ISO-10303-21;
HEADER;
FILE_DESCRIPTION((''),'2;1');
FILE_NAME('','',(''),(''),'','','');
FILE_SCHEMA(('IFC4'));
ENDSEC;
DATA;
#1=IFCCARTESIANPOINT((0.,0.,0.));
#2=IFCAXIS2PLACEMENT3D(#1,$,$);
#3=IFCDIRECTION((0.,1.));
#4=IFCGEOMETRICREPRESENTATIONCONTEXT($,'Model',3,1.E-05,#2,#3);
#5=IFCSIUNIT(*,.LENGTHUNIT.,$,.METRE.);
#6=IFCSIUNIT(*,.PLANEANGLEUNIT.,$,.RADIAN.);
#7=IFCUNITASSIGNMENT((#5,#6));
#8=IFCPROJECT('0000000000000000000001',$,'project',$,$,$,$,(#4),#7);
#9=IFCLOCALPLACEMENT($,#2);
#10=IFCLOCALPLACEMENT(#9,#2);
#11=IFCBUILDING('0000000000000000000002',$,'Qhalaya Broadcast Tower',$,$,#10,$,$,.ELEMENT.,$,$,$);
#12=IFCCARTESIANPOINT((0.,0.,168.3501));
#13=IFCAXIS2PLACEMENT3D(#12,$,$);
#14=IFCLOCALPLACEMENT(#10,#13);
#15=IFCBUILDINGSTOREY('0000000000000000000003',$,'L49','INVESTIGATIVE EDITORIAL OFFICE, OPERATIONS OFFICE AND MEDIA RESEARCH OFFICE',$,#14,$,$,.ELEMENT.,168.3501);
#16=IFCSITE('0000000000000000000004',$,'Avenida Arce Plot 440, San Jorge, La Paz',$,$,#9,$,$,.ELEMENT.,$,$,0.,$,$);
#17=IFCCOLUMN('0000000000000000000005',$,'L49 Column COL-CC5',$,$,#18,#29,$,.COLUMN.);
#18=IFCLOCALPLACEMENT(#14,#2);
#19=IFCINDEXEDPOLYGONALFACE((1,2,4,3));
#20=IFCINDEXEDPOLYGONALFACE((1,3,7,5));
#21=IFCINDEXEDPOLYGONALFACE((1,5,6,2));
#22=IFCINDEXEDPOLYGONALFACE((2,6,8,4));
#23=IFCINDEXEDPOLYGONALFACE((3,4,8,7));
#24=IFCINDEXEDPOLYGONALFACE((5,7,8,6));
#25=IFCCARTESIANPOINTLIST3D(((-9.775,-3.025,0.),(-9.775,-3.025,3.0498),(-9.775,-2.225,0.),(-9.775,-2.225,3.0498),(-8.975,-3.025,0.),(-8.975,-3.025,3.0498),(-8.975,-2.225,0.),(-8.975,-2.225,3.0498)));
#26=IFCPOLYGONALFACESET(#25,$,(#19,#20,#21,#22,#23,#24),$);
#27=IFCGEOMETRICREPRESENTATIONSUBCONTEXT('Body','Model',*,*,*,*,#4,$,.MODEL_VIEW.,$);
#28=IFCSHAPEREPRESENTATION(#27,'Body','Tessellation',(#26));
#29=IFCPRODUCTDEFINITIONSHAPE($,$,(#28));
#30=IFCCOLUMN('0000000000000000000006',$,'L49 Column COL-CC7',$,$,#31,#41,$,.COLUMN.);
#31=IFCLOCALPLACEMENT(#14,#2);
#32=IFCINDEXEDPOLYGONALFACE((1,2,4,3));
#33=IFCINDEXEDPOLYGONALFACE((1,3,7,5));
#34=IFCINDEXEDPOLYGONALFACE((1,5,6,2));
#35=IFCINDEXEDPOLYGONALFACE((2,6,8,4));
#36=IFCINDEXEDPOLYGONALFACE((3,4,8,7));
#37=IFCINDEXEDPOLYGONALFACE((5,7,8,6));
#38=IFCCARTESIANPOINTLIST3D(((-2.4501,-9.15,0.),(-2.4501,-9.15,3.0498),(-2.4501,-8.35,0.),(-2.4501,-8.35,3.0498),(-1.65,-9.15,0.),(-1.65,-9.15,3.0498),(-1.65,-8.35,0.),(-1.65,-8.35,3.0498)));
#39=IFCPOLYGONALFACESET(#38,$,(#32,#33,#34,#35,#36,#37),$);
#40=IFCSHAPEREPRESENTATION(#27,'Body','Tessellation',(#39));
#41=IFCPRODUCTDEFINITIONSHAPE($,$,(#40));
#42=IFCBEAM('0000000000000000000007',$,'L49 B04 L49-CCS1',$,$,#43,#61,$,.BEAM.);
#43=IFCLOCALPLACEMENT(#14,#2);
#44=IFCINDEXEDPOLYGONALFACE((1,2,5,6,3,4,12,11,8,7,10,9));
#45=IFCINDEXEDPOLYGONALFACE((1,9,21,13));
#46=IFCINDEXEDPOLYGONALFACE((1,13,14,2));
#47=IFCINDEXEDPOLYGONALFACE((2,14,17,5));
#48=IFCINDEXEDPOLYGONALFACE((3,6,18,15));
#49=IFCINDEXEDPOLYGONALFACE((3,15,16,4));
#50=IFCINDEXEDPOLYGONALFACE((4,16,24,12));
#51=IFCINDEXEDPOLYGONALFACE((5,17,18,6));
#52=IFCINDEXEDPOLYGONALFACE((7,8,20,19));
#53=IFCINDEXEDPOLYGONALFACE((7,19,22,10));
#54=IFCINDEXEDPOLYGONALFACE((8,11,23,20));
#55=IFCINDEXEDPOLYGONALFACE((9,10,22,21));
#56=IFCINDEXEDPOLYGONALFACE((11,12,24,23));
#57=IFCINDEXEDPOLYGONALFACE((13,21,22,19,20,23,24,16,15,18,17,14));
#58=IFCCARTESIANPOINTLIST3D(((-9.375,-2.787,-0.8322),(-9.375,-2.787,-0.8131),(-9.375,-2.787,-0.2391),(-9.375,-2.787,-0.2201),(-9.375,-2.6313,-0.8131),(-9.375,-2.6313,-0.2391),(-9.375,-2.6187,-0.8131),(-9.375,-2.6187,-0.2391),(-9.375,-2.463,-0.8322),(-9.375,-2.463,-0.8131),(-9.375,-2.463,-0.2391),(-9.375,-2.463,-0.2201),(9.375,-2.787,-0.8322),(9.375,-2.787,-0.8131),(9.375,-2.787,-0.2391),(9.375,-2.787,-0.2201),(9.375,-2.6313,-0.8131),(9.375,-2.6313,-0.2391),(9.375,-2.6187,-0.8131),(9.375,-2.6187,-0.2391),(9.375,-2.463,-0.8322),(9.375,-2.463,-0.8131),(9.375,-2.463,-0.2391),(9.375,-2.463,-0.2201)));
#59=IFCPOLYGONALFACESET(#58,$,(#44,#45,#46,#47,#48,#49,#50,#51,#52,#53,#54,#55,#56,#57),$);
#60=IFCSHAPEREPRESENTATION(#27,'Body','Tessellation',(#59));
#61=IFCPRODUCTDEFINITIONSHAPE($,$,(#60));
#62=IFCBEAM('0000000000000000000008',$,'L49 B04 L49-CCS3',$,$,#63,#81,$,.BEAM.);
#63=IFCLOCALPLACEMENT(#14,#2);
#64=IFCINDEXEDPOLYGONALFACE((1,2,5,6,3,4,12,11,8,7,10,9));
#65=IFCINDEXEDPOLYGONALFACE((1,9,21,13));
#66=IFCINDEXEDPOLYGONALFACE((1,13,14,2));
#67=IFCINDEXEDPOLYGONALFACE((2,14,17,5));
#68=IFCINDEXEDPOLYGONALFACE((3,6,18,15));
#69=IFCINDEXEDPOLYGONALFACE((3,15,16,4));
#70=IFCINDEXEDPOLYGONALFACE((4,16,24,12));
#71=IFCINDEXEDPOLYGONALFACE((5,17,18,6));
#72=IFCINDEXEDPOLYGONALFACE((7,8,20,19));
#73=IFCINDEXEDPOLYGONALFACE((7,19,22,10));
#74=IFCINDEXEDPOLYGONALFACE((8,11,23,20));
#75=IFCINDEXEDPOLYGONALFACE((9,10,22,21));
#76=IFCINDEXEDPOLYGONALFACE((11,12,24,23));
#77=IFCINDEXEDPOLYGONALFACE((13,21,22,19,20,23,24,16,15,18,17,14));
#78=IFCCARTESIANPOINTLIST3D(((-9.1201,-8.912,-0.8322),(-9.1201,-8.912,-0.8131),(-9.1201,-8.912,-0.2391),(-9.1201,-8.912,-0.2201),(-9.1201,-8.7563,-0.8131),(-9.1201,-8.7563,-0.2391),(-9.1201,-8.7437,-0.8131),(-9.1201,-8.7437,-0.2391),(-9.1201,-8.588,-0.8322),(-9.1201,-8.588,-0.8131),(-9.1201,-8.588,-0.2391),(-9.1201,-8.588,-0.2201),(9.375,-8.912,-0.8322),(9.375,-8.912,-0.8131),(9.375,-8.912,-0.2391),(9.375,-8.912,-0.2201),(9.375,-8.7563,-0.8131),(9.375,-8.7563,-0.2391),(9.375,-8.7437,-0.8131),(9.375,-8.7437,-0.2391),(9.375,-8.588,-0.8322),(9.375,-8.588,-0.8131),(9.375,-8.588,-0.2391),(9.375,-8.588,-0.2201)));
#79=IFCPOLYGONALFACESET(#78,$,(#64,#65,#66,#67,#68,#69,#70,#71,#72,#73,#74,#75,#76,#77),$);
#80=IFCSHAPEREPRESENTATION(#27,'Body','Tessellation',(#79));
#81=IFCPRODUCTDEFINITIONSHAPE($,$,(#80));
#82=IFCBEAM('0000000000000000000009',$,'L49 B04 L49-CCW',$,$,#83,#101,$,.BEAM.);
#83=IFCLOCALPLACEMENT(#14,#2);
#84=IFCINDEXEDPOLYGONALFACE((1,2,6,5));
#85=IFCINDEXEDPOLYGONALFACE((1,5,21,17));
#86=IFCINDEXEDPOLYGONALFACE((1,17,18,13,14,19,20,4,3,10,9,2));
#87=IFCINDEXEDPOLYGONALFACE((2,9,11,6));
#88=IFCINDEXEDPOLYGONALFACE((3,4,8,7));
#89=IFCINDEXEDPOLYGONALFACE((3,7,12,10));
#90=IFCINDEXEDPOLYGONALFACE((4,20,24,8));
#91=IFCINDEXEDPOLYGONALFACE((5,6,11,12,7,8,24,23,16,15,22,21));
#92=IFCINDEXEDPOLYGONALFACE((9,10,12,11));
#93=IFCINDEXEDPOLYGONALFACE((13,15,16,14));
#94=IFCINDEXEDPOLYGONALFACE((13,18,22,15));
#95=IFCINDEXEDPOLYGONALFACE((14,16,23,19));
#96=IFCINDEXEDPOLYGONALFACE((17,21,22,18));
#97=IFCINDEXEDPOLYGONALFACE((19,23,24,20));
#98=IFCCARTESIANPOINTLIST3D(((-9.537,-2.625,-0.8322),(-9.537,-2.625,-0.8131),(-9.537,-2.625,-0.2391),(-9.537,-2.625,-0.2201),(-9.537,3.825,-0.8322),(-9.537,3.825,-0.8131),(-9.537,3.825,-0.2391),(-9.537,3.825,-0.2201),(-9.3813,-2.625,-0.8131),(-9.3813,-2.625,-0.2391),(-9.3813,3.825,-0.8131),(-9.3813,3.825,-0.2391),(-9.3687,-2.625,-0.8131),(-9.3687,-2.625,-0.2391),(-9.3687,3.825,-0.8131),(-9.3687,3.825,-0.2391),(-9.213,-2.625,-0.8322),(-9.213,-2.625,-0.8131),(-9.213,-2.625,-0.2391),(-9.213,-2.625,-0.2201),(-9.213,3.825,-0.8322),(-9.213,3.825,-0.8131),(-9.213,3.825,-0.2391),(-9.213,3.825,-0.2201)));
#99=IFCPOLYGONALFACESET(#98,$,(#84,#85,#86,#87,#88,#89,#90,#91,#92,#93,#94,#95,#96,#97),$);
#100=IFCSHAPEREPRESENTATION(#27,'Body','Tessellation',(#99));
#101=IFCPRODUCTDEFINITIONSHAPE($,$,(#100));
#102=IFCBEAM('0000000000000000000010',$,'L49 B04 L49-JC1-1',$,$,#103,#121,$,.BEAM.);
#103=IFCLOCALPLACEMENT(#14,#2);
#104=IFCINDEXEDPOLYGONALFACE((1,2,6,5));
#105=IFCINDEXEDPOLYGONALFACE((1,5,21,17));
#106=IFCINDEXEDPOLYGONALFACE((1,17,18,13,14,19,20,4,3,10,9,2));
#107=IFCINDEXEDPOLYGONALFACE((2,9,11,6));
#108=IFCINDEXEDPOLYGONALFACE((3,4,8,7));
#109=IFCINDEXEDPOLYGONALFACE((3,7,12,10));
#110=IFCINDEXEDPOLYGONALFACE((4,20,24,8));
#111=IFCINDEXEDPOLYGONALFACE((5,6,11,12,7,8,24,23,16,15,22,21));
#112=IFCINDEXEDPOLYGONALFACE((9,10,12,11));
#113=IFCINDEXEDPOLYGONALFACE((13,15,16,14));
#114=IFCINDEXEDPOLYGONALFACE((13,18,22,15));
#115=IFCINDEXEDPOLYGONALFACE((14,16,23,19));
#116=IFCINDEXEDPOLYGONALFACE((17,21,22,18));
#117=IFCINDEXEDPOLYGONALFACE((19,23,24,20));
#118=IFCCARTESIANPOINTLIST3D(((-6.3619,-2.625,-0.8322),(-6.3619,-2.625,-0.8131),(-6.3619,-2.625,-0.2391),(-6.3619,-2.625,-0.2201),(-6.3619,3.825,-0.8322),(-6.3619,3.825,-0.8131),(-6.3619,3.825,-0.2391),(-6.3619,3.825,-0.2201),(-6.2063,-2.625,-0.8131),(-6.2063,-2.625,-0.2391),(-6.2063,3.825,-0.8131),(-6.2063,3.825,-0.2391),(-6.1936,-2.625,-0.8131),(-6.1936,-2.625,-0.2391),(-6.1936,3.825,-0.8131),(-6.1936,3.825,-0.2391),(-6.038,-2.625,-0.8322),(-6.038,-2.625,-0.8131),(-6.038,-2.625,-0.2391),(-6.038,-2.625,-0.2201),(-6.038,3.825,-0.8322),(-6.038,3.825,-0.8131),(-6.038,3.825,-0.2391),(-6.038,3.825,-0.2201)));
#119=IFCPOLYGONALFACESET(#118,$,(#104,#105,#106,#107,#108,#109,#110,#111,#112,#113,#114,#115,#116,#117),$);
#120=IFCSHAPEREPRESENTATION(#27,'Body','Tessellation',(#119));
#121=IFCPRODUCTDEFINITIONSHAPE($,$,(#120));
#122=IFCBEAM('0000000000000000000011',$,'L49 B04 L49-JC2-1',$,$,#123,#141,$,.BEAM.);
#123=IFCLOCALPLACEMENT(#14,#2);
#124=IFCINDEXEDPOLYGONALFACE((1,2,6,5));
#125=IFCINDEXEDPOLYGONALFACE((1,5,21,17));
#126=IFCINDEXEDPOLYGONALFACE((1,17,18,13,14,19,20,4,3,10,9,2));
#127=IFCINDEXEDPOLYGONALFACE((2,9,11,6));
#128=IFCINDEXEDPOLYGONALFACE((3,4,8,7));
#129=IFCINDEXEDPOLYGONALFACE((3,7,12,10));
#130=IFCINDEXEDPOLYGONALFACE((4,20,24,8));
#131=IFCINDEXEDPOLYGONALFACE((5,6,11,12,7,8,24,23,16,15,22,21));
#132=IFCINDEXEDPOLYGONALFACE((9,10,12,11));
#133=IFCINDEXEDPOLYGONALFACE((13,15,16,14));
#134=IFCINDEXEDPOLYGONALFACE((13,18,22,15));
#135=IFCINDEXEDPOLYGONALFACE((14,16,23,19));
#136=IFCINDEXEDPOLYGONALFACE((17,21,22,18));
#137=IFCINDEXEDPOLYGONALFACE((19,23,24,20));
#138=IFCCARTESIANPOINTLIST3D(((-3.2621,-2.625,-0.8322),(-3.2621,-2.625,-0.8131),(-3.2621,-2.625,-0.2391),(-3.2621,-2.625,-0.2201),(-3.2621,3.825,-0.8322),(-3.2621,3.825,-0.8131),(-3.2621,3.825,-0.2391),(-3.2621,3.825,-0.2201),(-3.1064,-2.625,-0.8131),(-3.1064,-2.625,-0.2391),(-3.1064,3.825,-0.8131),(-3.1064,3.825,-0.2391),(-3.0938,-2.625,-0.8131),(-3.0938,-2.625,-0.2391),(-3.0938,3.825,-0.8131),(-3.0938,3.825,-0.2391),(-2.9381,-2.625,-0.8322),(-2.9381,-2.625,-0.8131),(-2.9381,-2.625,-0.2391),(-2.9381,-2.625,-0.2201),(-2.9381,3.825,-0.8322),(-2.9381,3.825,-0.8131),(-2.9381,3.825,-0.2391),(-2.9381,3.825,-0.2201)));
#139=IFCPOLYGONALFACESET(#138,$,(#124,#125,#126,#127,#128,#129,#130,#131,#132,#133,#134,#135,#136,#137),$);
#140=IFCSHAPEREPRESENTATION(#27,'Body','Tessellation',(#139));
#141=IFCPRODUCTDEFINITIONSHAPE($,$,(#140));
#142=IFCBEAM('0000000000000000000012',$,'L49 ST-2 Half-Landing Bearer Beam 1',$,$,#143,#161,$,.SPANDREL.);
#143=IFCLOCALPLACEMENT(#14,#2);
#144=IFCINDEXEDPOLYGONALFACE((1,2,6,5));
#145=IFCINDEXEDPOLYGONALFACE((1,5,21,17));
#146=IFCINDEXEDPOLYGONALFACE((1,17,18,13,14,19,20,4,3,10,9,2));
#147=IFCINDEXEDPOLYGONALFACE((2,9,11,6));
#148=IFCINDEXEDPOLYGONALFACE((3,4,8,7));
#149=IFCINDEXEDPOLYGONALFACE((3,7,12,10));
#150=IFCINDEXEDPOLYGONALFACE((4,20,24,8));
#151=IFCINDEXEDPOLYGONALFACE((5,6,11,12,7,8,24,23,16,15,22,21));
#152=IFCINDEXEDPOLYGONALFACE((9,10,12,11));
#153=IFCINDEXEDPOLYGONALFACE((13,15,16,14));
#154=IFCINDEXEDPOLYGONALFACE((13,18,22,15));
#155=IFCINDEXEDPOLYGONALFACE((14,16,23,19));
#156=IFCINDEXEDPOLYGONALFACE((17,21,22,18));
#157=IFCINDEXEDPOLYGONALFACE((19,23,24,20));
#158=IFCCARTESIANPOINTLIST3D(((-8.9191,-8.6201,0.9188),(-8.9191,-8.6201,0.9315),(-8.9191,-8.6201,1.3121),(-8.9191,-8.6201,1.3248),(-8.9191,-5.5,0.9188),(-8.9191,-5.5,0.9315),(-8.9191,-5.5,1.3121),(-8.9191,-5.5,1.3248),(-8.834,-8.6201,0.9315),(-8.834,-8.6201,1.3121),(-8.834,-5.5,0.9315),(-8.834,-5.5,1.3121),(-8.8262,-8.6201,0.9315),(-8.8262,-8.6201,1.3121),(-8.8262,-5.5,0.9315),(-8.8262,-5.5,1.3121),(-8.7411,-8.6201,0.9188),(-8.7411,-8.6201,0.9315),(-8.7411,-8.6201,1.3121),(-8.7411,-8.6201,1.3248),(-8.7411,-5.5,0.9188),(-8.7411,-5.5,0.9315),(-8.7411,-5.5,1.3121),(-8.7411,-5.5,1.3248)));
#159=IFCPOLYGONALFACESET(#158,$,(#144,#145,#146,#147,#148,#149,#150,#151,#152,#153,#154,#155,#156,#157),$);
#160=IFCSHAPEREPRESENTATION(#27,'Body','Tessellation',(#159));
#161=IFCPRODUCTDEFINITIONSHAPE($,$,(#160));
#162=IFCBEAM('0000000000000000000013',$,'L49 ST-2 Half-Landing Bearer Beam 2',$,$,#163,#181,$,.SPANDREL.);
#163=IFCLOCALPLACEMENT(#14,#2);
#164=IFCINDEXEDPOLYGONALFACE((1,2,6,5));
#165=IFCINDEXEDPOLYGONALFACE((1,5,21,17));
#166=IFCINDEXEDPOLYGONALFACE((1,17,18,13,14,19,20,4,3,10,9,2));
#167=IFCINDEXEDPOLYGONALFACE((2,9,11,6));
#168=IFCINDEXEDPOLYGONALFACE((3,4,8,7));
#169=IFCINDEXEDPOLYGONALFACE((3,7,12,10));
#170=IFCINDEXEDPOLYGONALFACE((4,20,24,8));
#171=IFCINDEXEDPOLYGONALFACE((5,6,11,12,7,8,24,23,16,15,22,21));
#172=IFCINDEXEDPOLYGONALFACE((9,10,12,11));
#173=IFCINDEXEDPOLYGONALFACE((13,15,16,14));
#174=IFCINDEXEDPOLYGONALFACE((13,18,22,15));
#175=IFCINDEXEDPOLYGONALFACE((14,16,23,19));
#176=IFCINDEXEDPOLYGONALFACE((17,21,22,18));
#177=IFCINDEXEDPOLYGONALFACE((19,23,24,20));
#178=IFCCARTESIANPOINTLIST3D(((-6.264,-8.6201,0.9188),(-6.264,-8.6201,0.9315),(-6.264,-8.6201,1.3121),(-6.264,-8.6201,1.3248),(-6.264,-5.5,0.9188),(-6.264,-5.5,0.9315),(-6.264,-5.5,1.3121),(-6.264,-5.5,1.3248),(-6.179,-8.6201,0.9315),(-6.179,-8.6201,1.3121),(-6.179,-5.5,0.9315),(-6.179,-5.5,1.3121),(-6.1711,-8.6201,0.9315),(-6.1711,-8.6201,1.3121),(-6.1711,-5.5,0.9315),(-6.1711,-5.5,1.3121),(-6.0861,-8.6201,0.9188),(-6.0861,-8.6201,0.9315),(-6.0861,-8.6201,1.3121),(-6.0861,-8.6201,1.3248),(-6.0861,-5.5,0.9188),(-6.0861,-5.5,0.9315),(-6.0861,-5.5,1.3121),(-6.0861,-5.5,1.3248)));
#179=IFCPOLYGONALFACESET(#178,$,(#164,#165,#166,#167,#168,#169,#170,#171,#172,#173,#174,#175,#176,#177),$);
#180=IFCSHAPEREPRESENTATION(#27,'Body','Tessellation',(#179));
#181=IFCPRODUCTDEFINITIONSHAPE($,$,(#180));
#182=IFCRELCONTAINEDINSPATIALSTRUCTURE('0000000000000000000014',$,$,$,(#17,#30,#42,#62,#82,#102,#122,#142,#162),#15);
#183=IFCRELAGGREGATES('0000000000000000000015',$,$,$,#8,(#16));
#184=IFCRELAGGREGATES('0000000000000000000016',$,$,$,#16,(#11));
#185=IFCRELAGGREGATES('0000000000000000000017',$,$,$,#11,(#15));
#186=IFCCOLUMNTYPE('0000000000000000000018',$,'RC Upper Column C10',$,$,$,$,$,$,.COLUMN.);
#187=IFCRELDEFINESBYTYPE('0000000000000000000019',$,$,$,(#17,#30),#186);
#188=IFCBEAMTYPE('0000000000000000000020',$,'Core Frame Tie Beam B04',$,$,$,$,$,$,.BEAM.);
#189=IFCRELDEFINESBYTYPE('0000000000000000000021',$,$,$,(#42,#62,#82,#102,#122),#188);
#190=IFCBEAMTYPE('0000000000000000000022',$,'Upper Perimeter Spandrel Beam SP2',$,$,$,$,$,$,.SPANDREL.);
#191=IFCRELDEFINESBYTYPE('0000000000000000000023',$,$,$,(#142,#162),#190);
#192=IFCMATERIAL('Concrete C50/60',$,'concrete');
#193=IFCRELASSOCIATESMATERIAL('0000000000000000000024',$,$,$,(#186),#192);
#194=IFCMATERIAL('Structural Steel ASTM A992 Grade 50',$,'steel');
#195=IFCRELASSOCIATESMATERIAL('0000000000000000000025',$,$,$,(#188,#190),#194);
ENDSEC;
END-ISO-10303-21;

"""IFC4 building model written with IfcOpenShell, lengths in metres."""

from ifc_helpers import new_model, si_unit, direction, frame, origin, origin_2d, place, context, subcontext, project, spatial, rectangle, i_section, extrude, material, material_profile, profile_set, type_object, element, save


model = new_model("IFC4")

# Units and contexts
model_context = context("Model", 3, precision=1e-05, world=origin(), true_north=direction((0.0, 1.0)))
body_context = subcontext(model_context, "Body", "Model", "MODEL_VIEW")
ifc_project = project(units=[si_unit("LENGTHUNIT", "METRE"), si_unit("PLANEANGLEUNIT", "RADIAN")], contexts=[model_context])

# Site, building, storey
site_placement = place(None, origin())
site = spatial("IfcSite", under=ifc_project, at=site_placement, Name="Avenida Arce Plot 440, San Jorge, La Paz", CompositionType="ELEMENT", RefElevation=0.0)
building_placement = place(site_placement, origin())
building = spatial("IfcBuilding", under=site, at=building_placement, Name="Qhalaya Broadcast Tower", CompositionType="ELEMENT")
storey_placement = place(building_placement, frame((0.0, 0.0, 168.3501)))
storey = spatial("IfcBuildingStorey", under=building, at=storey_placement, Name="L49", Description="INVESTIGATIVE EDITORIAL OFFICE, OPERATIONS OFFICE AND MEDIA RESEARCH OFFICE", CompositionType="ELEMENT", Elevation=168.3501)

# Columns
ifc_material_1 = material(Name="Concrete C50/60", Category="concrete")
ifc_material_profile_1 = material_profile(ifc_material_1, rectangle(XDim=0.8, YDim=0.8, at=origin_2d()), Name="RC-COL 800x800")
ifc_profile_set_1 = profile_set([ifc_material_profile_1], Name="Concrete C50/60")
column_type = type_object("IfcColumnType", Name="RC Upper Column C10", PredefinedType="COLUMN", material=ifc_profile_set_1)
for number, where, z_axis, x_axis, name in (
    (1, (-9.375, -2.625, 0.0), (0.0, 0.0, 1.0), (1.0, 0.0, 0.0), "L49 Column COL-CC5"),
    (2, (-2.05, -8.75, 0.0), (0.0, 0.0, 1.0), (1.0, 0.0, 0.0), "L49 Column COL-CC7"),
):
    element("IfcColumn", number, at=place(storey_placement, frame(where, z_axis=z_axis, x_axis=x_axis)), inside=storey, type_object=column_type, Name=name, PredefinedType="COLUMN", context=body_context, shape_type="SweptSolid", body=[
        extrude(rectangle(XDim=0.8, YDim=0.8, at=origin_2d()), origin(), (0.0, 0.0, 1.0), 3.0498),
    ])

# Beams
ifc_material_2 = material(Name="Structural Steel ASTM A992 Grade 50", Category="steel")
ifc_material_profile_2 = material_profile(ifc_material_2, i_section(OverallWidth=0.324, OverallDepth=0.6121, WebThickness=0.0127, FlangeThickness=0.019, at=origin_2d()), Name="W24X104")
ifc_profile_set_2 = profile_set([ifc_material_profile_2], Name="Structural Steel ASTM A992 Grade 50")
beam_type_1 = type_object("IfcBeamType", Name="Core Frame Tie Beam B04", PredefinedType="BEAM", material=ifc_profile_set_2)
beam_1_placement = place(storey_placement, frame((-9.375, -2.625, -0.5261), z_axis=(1.0, 0.0, 0.0), x_axis=(0.0, 1.0, 0.0)))
element("IfcBeam", 3, at=beam_1_placement, inside=storey, type_object=beam_type_1, Name="L49 B04 L49-CCS1", PredefinedType="BEAM", context=body_context, shape_type="SweptSolid", body=[
    extrude(i_section(OverallWidth=0.324, OverallDepth=0.6121, WebThickness=0.0127, FlangeThickness=0.019, at=origin_2d()), origin(), (0.0, 0.0, 1.0), 18.75),
])
beam_2_placement = place(storey_placement, frame((-9.1201, -8.75, -0.5261), z_axis=(1.0, 0.0, 0.0), x_axis=(0.0, 1.0, 0.0)))
element("IfcBeam", 4, at=beam_2_placement, inside=storey, type_object=beam_type_1, Name="L49 B04 L49-CCS3", PredefinedType="BEAM", context=body_context, shape_type="SweptSolid", body=[
    extrude(i_section(OverallWidth=0.324, OverallDepth=0.6121, WebThickness=0.0127, FlangeThickness=0.019, at=origin_2d()), origin(), (0.0, 0.0, 1.0), 18.4951),
])
for number, where, z_axis, x_axis, name in (
    (5, (-9.375, -2.625, -0.5261), (0.0, 1.0, 0.0), (-1.0, 0.0, 0.0), "L49 B04 L49-CCW"),
    (6, (-6.2, -2.625, -0.5261), (0.0, 1.0, 0.0), (-1.0, 0.0, 0.0), "L49 B04 L49-JC1-1"),
    (7, (-3.1001, -2.625, -0.5261), (0.0, 1.0, 0.0), (-1.0, 0.0, 0.0), "L49 B04 L49-JC2-1"),
):
    element("IfcBeam", number, at=place(storey_placement, frame(where, z_axis=z_axis, x_axis=x_axis)), inside=storey, type_object=beam_type_1, Name=name, PredefinedType="BEAM", context=body_context, shape_type="SweptSolid", body=[
        extrude(i_section(OverallWidth=0.324, OverallDepth=0.6121, WebThickness=0.0127, FlangeThickness=0.019, at=origin_2d()), origin(), (0.0, 0.0, 1.0), 6.45),
    ])
ifc_material_profile_3 = material_profile(ifc_material_2, i_section(OverallWidth=0.178, OverallDepth=0.406, WebThickness=0.0078, FlangeThickness=0.0127, at=origin_2d()), Name="W16X40")
ifc_profile_set_3 = profile_set([ifc_material_profile_3], Name="Structural Steel ASTM A992 Grade 50")
beam_type_2 = type_object("IfcBeamType", Name="Upper Perimeter Spandrel Beam SP2", PredefinedType="SPANDREL", material=ifc_profile_set_3)
for number, where, z_axis, x_axis, name in (
    (8, (-8.8301, -8.6201, 1.1218), (0.0, 1.0, 0.0), (-1.0, 0.0, 0.0), "L49 ST-2 Half-Landing Bearer Beam 1"),
    (9, (-6.175, -8.6201, 1.1218), (0.0, 1.0, 0.0), (-1.0, 0.0, 0.0), "L49 ST-2 Half-Landing Bearer Beam 2"),
):
    element("IfcBeam", number, at=place(storey_placement, frame(where, z_axis=z_axis, x_axis=x_axis)), inside=storey, type_object=beam_type_2, Name=name, PredefinedType="SPANDREL", context=body_context, shape_type="SweptSolid", body=[
        extrude(i_section(OverallWidth=0.178, OverallDepth=0.406, WebThickness=0.0078, FlangeThickness=0.0127, at=origin_2d()), origin(), (0.0, 0.0, 1.0), 3.1201),
    ])

save(model, "model.ifc")
